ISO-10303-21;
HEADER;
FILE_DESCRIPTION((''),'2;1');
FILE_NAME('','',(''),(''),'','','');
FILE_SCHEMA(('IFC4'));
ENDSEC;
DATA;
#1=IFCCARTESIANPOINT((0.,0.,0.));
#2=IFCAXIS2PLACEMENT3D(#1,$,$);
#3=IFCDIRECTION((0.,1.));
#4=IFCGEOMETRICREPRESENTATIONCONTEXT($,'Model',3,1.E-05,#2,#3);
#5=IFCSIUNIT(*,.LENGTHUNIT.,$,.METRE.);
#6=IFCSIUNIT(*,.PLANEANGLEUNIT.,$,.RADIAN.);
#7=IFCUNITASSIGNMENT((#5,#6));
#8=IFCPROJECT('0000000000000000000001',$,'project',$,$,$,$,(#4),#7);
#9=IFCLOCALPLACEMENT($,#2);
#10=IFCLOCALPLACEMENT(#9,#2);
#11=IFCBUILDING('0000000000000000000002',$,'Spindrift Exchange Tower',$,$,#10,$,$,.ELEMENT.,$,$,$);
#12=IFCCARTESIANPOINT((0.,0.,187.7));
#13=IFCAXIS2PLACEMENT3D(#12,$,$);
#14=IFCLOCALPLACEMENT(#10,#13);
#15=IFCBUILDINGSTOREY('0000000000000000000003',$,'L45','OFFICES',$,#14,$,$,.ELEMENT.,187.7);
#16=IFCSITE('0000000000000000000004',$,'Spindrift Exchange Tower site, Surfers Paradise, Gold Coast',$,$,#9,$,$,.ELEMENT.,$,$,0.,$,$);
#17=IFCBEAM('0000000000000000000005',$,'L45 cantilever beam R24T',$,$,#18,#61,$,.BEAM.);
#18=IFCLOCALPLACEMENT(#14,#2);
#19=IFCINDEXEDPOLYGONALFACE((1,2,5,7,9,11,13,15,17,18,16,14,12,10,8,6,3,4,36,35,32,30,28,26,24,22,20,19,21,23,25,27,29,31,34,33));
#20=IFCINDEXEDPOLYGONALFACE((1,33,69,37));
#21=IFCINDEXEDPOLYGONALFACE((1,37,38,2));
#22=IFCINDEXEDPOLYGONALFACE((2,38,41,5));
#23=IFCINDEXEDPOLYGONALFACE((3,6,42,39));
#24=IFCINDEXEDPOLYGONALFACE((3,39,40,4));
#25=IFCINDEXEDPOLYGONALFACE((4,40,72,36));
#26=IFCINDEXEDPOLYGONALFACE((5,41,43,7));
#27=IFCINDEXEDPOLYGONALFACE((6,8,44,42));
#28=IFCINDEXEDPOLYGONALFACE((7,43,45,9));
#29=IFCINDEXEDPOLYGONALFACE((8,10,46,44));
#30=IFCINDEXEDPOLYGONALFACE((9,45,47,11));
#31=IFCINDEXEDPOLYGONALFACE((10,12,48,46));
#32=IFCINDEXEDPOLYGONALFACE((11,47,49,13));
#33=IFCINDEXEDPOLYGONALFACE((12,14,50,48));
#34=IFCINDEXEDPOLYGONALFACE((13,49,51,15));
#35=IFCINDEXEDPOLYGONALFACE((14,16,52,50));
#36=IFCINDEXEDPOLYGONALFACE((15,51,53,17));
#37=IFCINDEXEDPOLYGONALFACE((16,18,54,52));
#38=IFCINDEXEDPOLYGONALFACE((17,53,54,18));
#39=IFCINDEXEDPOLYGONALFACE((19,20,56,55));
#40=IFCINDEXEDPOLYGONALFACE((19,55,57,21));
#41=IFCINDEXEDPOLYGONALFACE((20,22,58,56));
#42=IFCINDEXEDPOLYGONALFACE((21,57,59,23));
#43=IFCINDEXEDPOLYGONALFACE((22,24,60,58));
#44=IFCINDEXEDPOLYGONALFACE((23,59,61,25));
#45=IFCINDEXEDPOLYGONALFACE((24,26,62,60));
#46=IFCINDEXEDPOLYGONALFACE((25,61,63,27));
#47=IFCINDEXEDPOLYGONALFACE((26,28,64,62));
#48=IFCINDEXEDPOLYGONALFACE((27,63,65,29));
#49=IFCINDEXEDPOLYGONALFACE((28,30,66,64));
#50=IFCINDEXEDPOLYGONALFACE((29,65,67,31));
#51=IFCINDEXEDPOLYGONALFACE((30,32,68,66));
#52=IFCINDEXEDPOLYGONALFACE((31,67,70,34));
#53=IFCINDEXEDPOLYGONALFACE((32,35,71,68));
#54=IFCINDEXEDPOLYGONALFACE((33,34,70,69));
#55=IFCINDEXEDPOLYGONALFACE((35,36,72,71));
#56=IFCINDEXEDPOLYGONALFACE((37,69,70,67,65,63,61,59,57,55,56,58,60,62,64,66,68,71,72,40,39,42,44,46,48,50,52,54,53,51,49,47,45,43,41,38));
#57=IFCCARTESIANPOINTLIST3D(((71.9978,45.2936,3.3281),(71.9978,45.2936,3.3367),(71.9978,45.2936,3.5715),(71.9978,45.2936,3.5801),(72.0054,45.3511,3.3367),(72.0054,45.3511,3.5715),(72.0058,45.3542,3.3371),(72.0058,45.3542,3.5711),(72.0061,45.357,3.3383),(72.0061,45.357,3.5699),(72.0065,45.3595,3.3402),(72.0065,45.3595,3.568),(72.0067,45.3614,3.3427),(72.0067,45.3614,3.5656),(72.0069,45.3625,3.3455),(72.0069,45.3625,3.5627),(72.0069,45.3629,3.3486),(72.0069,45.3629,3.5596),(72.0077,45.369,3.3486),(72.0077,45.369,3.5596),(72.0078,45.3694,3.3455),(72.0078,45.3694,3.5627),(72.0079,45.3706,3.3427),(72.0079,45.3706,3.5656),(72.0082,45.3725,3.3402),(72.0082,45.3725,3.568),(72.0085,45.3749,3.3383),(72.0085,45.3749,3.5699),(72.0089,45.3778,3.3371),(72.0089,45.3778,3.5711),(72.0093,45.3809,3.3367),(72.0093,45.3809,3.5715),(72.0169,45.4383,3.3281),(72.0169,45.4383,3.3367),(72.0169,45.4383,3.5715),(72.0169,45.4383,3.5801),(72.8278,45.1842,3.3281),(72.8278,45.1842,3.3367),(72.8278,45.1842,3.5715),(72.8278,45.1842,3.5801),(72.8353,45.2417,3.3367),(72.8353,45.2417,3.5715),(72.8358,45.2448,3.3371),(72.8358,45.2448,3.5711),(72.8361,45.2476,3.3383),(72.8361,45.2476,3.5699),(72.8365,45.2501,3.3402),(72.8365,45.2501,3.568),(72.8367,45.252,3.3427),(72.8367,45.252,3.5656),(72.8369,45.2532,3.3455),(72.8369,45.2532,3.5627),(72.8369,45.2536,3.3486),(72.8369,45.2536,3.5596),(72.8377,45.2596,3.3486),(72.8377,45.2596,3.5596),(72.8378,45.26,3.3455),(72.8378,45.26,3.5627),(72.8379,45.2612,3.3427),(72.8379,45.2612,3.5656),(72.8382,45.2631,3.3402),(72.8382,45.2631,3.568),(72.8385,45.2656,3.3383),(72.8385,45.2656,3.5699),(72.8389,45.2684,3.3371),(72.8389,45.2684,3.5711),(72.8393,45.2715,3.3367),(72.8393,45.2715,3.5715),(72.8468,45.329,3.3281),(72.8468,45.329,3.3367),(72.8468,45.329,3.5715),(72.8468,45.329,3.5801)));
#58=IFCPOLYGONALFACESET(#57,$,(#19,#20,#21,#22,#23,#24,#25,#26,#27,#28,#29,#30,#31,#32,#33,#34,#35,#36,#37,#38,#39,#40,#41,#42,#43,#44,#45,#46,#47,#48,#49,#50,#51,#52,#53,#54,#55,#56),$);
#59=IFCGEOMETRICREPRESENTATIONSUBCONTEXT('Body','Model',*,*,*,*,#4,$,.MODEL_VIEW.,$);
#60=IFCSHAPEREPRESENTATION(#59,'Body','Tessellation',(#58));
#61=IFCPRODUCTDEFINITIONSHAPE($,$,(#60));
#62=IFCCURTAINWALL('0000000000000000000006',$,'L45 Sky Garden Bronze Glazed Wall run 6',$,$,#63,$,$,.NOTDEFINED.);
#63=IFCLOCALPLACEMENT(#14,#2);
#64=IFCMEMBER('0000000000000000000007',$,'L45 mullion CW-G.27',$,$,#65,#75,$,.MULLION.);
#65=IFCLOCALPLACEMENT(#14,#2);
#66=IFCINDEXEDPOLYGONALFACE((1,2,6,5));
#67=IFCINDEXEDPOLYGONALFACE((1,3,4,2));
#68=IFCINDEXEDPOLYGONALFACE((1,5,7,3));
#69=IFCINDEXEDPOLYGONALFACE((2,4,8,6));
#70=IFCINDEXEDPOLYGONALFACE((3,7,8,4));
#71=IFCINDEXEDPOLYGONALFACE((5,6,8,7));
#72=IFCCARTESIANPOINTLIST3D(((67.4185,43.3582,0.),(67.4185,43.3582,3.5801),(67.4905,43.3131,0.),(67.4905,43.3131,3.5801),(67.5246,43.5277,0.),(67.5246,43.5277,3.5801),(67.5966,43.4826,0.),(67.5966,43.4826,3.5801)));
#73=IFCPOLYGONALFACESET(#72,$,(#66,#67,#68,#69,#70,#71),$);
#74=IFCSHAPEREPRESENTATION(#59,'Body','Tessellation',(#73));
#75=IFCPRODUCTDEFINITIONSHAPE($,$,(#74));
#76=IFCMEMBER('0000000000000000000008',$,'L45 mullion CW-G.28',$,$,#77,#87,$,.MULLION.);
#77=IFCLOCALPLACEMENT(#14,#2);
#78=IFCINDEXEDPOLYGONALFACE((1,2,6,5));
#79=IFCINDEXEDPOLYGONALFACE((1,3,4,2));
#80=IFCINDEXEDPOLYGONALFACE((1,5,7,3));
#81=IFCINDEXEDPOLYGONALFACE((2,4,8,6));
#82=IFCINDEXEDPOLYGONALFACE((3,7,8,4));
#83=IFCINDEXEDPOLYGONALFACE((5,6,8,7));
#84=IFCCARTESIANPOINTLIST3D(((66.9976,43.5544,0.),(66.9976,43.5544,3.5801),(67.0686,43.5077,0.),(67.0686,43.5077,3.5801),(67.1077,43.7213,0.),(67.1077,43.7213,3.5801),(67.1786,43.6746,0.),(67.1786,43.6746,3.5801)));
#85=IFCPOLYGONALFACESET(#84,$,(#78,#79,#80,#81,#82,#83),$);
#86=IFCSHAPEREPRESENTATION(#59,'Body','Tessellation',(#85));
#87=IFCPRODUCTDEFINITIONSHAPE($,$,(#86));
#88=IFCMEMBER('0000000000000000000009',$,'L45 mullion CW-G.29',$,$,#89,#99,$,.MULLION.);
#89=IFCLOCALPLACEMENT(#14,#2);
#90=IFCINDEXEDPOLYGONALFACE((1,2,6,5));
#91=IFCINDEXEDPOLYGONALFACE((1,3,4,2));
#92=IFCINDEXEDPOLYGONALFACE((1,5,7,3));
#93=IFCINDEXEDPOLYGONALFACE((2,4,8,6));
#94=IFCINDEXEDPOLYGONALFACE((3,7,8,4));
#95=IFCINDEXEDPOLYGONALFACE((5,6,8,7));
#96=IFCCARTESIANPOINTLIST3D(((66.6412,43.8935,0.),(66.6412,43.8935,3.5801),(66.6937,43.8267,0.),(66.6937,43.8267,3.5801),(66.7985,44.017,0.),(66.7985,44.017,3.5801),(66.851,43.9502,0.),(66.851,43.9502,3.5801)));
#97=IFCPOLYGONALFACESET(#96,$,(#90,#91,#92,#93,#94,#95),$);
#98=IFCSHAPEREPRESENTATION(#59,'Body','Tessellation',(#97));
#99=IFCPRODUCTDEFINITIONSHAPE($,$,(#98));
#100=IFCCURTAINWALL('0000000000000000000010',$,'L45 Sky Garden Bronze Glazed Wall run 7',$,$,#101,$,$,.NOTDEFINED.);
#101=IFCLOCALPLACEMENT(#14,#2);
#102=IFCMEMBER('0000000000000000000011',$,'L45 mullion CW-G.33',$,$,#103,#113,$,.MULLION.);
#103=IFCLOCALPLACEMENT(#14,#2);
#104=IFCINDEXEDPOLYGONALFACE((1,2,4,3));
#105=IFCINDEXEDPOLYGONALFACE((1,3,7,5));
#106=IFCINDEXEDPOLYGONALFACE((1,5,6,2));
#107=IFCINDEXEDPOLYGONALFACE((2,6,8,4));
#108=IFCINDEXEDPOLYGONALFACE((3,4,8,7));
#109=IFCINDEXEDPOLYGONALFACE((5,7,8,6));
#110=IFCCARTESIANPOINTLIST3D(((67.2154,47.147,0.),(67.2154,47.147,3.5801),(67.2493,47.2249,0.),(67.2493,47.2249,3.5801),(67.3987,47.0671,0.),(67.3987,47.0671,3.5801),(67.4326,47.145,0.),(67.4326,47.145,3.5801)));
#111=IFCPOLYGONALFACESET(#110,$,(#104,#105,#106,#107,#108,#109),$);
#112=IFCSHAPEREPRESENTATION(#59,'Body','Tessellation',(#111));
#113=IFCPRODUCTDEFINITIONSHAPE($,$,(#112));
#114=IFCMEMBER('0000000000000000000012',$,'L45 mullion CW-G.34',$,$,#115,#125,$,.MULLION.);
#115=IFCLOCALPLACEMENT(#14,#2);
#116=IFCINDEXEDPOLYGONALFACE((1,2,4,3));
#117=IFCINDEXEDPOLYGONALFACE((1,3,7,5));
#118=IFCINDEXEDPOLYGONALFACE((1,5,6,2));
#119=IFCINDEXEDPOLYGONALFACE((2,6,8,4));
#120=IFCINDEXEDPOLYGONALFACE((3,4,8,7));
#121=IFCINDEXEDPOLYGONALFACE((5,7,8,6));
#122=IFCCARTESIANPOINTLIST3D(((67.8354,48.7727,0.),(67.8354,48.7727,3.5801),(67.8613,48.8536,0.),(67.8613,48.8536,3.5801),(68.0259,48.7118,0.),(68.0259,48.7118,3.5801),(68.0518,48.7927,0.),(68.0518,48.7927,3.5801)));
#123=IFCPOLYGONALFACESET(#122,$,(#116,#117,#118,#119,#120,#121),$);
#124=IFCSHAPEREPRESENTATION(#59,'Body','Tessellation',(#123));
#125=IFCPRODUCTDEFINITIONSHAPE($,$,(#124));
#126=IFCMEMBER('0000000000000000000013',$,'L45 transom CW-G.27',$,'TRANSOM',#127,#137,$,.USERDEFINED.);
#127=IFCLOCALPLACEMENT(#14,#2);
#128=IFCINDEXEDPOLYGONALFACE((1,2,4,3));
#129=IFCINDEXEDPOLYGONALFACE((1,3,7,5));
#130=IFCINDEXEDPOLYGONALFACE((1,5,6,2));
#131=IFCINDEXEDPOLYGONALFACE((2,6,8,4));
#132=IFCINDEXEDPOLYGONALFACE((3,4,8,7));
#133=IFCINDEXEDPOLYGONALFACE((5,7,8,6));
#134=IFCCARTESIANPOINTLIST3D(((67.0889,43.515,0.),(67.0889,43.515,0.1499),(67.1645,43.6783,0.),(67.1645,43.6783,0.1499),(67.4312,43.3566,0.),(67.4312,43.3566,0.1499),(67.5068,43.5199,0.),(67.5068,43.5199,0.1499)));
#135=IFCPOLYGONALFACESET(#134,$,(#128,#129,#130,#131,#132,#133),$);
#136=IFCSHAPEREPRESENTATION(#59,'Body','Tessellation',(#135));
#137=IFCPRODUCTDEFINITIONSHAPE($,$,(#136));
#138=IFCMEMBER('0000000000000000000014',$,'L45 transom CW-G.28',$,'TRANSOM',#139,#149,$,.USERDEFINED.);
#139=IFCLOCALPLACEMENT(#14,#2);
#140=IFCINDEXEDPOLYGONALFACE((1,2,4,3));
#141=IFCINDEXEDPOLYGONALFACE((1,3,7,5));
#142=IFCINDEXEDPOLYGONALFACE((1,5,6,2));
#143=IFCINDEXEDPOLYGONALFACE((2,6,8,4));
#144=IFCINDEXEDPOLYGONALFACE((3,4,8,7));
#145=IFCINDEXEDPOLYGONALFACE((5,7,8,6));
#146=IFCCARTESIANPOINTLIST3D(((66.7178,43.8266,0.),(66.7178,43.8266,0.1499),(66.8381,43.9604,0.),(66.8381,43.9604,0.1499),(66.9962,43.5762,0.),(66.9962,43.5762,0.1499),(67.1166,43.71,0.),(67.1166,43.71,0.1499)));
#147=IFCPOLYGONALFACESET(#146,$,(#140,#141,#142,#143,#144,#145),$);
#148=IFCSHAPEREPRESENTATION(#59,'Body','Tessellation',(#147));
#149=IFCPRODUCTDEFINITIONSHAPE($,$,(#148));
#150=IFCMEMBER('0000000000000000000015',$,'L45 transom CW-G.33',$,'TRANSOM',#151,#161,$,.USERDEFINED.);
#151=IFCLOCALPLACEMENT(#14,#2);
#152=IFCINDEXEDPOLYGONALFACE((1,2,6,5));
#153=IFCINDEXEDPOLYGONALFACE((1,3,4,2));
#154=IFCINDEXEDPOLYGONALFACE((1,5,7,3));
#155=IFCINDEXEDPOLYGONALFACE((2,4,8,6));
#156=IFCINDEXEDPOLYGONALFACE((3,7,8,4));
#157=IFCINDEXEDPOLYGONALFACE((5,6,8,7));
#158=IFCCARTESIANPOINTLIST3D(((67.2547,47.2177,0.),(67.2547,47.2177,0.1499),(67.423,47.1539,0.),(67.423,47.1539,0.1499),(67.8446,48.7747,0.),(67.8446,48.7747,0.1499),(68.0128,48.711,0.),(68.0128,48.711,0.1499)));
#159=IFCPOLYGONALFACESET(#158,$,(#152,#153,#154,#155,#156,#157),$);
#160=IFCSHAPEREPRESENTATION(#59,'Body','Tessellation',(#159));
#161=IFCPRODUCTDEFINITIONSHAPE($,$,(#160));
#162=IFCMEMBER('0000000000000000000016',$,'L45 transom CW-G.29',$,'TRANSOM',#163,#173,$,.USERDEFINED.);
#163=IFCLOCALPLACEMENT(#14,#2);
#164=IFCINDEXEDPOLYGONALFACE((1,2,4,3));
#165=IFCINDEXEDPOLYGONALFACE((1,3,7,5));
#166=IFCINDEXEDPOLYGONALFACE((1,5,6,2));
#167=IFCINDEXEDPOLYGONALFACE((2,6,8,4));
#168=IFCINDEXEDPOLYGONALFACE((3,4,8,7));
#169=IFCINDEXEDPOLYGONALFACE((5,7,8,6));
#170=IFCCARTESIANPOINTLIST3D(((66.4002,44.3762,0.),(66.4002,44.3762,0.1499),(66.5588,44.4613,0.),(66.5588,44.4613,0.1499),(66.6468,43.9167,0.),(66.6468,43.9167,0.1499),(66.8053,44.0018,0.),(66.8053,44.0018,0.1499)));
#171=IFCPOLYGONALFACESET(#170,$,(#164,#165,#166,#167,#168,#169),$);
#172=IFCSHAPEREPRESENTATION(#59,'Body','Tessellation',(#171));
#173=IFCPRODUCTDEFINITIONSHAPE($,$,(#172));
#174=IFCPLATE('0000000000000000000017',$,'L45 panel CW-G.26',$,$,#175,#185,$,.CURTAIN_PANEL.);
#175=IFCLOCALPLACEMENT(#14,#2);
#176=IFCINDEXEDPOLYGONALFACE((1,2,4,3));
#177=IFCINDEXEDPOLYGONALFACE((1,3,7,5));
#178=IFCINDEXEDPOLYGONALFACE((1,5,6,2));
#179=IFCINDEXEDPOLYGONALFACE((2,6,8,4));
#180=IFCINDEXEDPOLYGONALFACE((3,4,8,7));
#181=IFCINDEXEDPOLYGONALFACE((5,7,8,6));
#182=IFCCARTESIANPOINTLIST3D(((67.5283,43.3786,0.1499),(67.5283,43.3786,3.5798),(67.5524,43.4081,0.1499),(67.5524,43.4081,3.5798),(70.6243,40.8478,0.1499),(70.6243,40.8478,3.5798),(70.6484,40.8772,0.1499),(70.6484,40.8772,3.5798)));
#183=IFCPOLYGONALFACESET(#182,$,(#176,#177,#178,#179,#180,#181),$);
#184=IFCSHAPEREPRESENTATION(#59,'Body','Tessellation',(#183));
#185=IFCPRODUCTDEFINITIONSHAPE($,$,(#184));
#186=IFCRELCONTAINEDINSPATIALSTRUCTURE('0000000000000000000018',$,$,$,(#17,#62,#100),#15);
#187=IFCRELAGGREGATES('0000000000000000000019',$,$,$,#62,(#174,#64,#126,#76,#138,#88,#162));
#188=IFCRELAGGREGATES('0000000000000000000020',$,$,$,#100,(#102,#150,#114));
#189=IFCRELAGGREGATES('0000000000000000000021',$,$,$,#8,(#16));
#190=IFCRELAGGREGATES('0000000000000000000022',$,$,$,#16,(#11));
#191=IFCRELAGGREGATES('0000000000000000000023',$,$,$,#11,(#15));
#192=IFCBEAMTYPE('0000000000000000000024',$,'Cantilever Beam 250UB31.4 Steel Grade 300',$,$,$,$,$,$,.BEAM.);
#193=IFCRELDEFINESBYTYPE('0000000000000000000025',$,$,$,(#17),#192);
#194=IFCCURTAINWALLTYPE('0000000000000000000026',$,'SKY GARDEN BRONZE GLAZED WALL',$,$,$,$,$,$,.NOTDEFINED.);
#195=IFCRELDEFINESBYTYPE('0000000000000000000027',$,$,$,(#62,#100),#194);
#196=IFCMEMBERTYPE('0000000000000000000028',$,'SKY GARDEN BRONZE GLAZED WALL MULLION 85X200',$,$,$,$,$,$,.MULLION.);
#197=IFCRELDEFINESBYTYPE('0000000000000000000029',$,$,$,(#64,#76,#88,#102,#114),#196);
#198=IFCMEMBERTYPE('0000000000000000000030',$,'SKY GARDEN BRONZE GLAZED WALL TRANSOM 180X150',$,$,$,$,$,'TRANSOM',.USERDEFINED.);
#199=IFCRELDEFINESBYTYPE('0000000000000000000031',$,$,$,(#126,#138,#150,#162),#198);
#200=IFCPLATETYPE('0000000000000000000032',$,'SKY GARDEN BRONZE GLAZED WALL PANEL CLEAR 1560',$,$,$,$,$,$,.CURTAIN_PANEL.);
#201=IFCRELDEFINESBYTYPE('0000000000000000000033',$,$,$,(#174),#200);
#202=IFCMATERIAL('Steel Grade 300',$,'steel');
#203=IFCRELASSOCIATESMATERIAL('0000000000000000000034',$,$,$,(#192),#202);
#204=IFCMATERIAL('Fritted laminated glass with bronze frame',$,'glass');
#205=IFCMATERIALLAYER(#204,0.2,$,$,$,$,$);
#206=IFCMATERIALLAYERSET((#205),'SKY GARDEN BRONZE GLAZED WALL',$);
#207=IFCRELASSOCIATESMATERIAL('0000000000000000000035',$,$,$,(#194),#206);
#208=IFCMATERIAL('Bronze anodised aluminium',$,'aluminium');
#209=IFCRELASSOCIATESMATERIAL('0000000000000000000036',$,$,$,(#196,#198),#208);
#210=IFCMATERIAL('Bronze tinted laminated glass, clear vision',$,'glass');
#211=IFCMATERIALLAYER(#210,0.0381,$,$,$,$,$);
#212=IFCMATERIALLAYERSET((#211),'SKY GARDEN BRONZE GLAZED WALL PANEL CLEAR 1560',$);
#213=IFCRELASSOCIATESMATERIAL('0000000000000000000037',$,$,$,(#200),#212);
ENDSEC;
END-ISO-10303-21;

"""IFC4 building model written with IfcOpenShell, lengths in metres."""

from ifc_helpers import new_model, si_unit, direction, frame, origin, origin_2d, place, context, subcontext, project, spatial, rectangle, i_section, extrude, source, transform, mapped, material, layer, layer_set, material_profile, profile_set, type_object, element, aggregate, save


model = new_model("IFC4")

# Units and contexts
model_context = context("Model", 3, precision=1e-05, world=origin(), true_north=direction((0.0, 1.0)))
body_context = subcontext(model_context, "Body", "Model", "MODEL_VIEW")
ifc_project = project(units=[si_unit("LENGTHUNIT", "METRE"), si_unit("PLANEANGLEUNIT", "RADIAN")], contexts=[model_context])

# Site, building, storey
site_placement = place(None, origin())
site = spatial("IfcSite", under=ifc_project, at=site_placement, Name="Spindrift Exchange Tower site, Surfers Paradise, Gold Coast", CompositionType="ELEMENT", RefElevation=0.0)
building_placement = place(site_placement, origin())
building = spatial("IfcBuilding", under=site, at=building_placement, Name="Spindrift Exchange Tower", CompositionType="ELEMENT")
storey_placement = place(building_placement, frame((0.0, 0.0, 187.7)))
storey = spatial("IfcBuildingStorey", under=building, at=storey_placement, Name="L45", Description="OFFICES", CompositionType="ELEMENT", Elevation=187.7)

# Beam
ifc_material_1 = material(Name="Steel Grade 300", Category="steel")
ifc_material_profile_1 = material_profile(ifc_material_1, i_section(OverallWidth=0.146, OverallDepth=0.252, WebThickness=0.0061, FlangeThickness=0.0085, FilletRadius=0.012, at=origin_2d()), Name="250UB31.4")
ifc_profile_set_1 = profile_set([ifc_material_profile_1], Name="Steel Grade 300")
beam_type_1 = type_object("IfcBeamType", Name="Cantilever Beam 250UB31.4 Steel Grade 300", PredefinedType="BEAM", material=ifc_profile_set_1)
shared_shape_1 = source(origin(), body_context, "Body", "SweptSolid", [
    extrude(i_section(OverallWidth=0.146, OverallDepth=0.252, WebThickness=0.0061, FlangeThickness=0.0085, FilletRadius=0.012, at=origin_2d()), origin(), (0.0, 0.0, 1.0), 0.8372),
])
beam_1_placement = place(storey_placement, frame((72.0073, 45.366, 3.4541), z_axis=(0.99143, -0.130636, 0.0), x_axis=(0.130636, 0.99143, 0.0)))
element("IfcBeam", 1, at=beam_1_placement, inside=storey, type_object=beam_type_1, Name="L45 cantilever beam R24T", PredefinedType="BEAM", context=body_context, shape_type="MappedRepresentation", body=[
    mapped(shared_shape_1, transform((0.0, 0.0, 0.0), scale=1.0)),
])

# Curtain walls, members
ifc_material_2 = material(Name="Fritted laminated glass with bronze frame", Category="glass")
ifc_layer_1 = layer(ifc_material_2, 0.2)
ifc_layer_set_1 = layer_set([ifc_layer_1], Name="SKY GARDEN BRONZE GLAZED WALL")
curtain_wall_type = type_object("IfcCurtainWallType", Name="SKY GARDEN BRONZE GLAZED WALL", PredefinedType="NOTDEFINED", material=ifc_layer_set_1)
curtain_wall_1_placement = place(storey_placement, origin())
curtain_wall_1 = element("IfcCurtainWall", 2, at=curtain_wall_1_placement, inside=storey, type_object=curtain_wall_type, Name="L45 Sky Garden Bronze Glazed Wall run 6", PredefinedType="NOTDEFINED")
ifc_material_3 = material(Name="Bronze anodised aluminium", Category="aluminium")
ifc_material_profile_2 = material_profile(ifc_material_3, rectangle(XDim=0.085, YDim=0.2, at=origin_2d()), Name="SKY GARDEN BRONZE GLAZED WALL MULLION 85X200")
ifc_profile_set_2 = profile_set([ifc_material_profile_2], Name="Bronze anodised aluminium")
member_type_1 = type_object("IfcMemberType", Name="SKY GARDEN BRONZE GLAZED WALL MULLION 85X200", PredefinedType="MULLION", material=ifc_profile_set_2)
shared_shape_2 = source(origin(), body_context, "Body", "SweptSolid", [
    extrude(rectangle(XDim=0.085, YDim=0.2, at=origin_2d()), origin(), (0.0, 0.0, 1.0), 3.5801),
])
member_1_placement = place(storey_placement, frame((67.5076, 43.4204, 0.0), z_axis=(0.0, 0.0, 1.0), x_axis=(-0.847482, 0.530825, 0.0)))
member_1 = element("IfcMember", 3, at=member_1_placement, type_object=member_type_1, Name="L45 mullion CW-G.27", PredefinedType="MULLION", context=body_context, shape_type="MappedRepresentation", body=[
    mapped(shared_shape_2, transform((0.0, 0.0, 0.0), scale=1.0)),
])
member_2_placement = place(storey_placement, frame((67.0881, 43.6145, 0.0), z_axis=(0.0, 0.0, 1.0), x_axis=(-0.834816, 0.550529, 0.0)))
member_2 = element("IfcMember", 4, at=member_2_placement, type_object=member_type_1, Name="L45 mullion CW-G.28", PredefinedType="MULLION", context=body_context, shape_type="MappedRepresentation", body=[
    mapped(shared_shape_2, transform((0.0, 0.0, 0.0), scale=1.0)),
])
member_3_placement = place(storey_placement, frame((66.7461, 43.9219, 0.0), z_axis=(0.0, 0.0, 1.0), x_axis=(-0.61765, 0.786453, 0.0)))
member_3 = element("IfcMember", 5, at=member_3_placement, type_object=member_type_1, Name="L45 mullion CW-G.29", PredefinedType="MULLION", context=body_context, shape_type="MappedRepresentation", body=[
    mapped(shared_shape_2, transform((0.0, 0.0, 0.0), scale=1.0)),
])
curtain_wall_2_placement = place(storey_placement, origin())
curtain_wall_2 = element("IfcCurtainWall", 6, at=curtain_wall_2_placement, inside=storey, type_object=curtain_wall_type, Name="L45 Sky Garden Bronze Glazed Wall run 7", PredefinedType="NOTDEFINED")
member_4_placement = place(storey_placement, frame((67.324, 47.146, 0.0), z_axis=(0.0, 0.0, 1.0), x_axis=(0.3995, 0.916733, 0.0)))
member_4 = element("IfcMember", 7, at=member_4_placement, type_object=member_type_1, Name="L45 mullion CW-G.33", PredefinedType="MULLION", context=body_context, shape_type="MappedRepresentation", body=[
    mapped(shared_shape_2, transform((0.0, 0.0, 0.0), scale=1.0)),
])
member_5_placement = place(storey_placement, frame((67.9436, 48.7827, 0.0), z_axis=(0.0, 0.0, 1.0), x_axis=(0.304447, 0.952529, 0.0)))
member_5 = element("IfcMember", 8, at=member_5_placement, type_object=member_type_1, Name="L45 mullion CW-G.34", PredefinedType="MULLION", context=body_context, shape_type="MappedRepresentation", body=[
    mapped(shared_shape_2, transform((0.0, 0.0, 0.0), scale=1.0)),
])

# Members
ifc_material_profile_3 = material_profile(ifc_material_3, rectangle(XDim=0.1799, YDim=0.1499, at=origin_2d()), Name="SKY GARDEN BRONZE GLAZED WALL TRANSOM 180X150")
ifc_profile_set_3 = profile_set([ifc_material_profile_3], Name="Bronze anodised aluminium")
member_type_2 = type_object("IfcMemberType", Name="SKY GARDEN BRONZE GLAZED WALL TRANSOM 180X150", ElementType="TRANSOM", PredefinedType="USERDEFINED", material=ifc_profile_set_3)
shared_shape_3 = source(origin(), body_context, "Body", "SweptSolid", [
    extrude(rectangle(XDim=0.1799, YDim=0.1499, at=origin_2d()), origin(), (0.0, 0.0, 1.0), 0.3772),
])
member_6_placement = place(storey_placement, frame((67.469, 43.4382, 0.075), z_axis=(-0.907485, 0.420084, 0.0), x_axis=(-0.420084, -0.907485, 0.0)))
member_6 = element("IfcMember", 9, at=member_6_placement, type_object=member_type_2, Name="L45 transom CW-G.27", ObjectType="TRANSOM", PredefinedType="USERDEFINED", context=body_context, shape_type="MappedRepresentation", body=[
    mapped(shared_shape_3, transform((0.0, 0.0, 0.0), scale=1.0)),
])
shared_shape_4 = source(origin(), body_context, "Body", "SweptSolid", [
    extrude(rectangle(XDim=0.1799, YDim=0.1499, at=origin_2d()), origin(), (0.0, 0.0, 1.0), 0.3745),
])
member_7_placement = place(storey_placement, frame((67.0564, 43.6431, 0.075), z_axis=(-0.743586, 0.668641, 0.0), x_axis=(-0.668641, -0.743586, 0.0)))
member_7 = element("IfcMember", 10, at=member_7_placement, type_object=member_type_2, Name="L45 transom CW-G.28", ObjectType="TRANSOM", PredefinedType="USERDEFINED", context=body_context, shape_type="MappedRepresentation", body=[
    mapped(shared_shape_4, transform((0.0, 0.0, 0.0), scale=1.0)),
])
shared_shape_5 = source(origin(), body_context, "Body", "SweptSolid", [
    extrude(rectangle(XDim=0.1799, YDim=0.1499, at=origin_2d()), origin(), (0.0, 0.0, 1.0), 1.665),
])
member_8_placement = place(storey_placement, frame((67.3389, 47.1858, 0.075), z_axis=(0.354239, 0.935155, 0.0), x_axis=(-0.935155, 0.354239, 0.0)))
member_8 = element("IfcMember", 11, at=member_8_placement, type_object=member_type_2, Name="L45 transom CW-G.33", ObjectType="TRANSOM", PredefinedType="USERDEFINED", context=body_context, shape_type="MappedRepresentation", body=[
    mapped(shared_shape_5, transform((0.0, 0.0, 0.0), scale=1.0)),
])
shared_shape_6 = source(origin(), body_context, "Body", "SweptSolid", [
    extrude(rectangle(XDim=0.1799, YDim=0.1499, at=origin_2d()), origin(), (0.0, 0.0, 1.0), 0.5215),
])
member_9_placement = place(storey_placement, frame((66.7261, 43.9592, 0.075), z_axis=(-0.472871, 0.881132, 0.0), x_axis=(-0.881132, -0.472871, 0.0)))
member_9 = element("IfcMember", 12, at=member_9_placement, type_object=member_type_2, Name="L45 transom CW-G.29", ObjectType="TRANSOM", PredefinedType="USERDEFINED", context=body_context, shape_type="MappedRepresentation", body=[
    mapped(shared_shape_6, transform((0.0, 0.0, 0.0), scale=1.0)),
])

# Plate
ifc_material_4 = material(Name="Bronze tinted laminated glass, clear vision", Category="glass")
ifc_layer_2 = layer(ifc_material_4, 0.0381)
ifc_layer_set_2 = layer_set([ifc_layer_2], Name="SKY GARDEN BRONZE GLAZED WALL PANEL CLEAR 1560")
plate_type_1 = type_object("IfcPlateType", Name="SKY GARDEN BRONZE GLAZED WALL PANEL CLEAR 1560", PredefinedType="CURTAIN_PANEL", material=ifc_layer_set_2)
shared_shape_7 = source(origin(), body_context, "Body", "SweptSolid", [
    extrude(rectangle(XDim=3.9988, YDim=0.0381, at=origin_2d()), origin(), (0.0, 0.0, 1.0), 3.4299),
])
plate_1_placement = place(storey_placement, frame((69.0884, 42.1279, 0.1499), z_axis=(0.0, 0.0, 1.0), x_axis=(-0.774227, 0.632908, 0.0)))
plate_1 = element("IfcPlate", 13, at=plate_1_placement, type_object=plate_type_1, Name="L45 panel CW-G.26", PredefinedType="CURTAIN_PANEL", context=body_context, shape_type="MappedRepresentation", body=[
    mapped(shared_shape_7, transform((0.0, 0.0, 0.0), scale=1.0)),
])
aggregate(curtain_wall_1, [plate_1, member_1, member_6, member_2, member_7, member_3, member_9])
aggregate(curtain_wall_2, [member_4, member_8, member_5])

save(model, "model.ifc")
